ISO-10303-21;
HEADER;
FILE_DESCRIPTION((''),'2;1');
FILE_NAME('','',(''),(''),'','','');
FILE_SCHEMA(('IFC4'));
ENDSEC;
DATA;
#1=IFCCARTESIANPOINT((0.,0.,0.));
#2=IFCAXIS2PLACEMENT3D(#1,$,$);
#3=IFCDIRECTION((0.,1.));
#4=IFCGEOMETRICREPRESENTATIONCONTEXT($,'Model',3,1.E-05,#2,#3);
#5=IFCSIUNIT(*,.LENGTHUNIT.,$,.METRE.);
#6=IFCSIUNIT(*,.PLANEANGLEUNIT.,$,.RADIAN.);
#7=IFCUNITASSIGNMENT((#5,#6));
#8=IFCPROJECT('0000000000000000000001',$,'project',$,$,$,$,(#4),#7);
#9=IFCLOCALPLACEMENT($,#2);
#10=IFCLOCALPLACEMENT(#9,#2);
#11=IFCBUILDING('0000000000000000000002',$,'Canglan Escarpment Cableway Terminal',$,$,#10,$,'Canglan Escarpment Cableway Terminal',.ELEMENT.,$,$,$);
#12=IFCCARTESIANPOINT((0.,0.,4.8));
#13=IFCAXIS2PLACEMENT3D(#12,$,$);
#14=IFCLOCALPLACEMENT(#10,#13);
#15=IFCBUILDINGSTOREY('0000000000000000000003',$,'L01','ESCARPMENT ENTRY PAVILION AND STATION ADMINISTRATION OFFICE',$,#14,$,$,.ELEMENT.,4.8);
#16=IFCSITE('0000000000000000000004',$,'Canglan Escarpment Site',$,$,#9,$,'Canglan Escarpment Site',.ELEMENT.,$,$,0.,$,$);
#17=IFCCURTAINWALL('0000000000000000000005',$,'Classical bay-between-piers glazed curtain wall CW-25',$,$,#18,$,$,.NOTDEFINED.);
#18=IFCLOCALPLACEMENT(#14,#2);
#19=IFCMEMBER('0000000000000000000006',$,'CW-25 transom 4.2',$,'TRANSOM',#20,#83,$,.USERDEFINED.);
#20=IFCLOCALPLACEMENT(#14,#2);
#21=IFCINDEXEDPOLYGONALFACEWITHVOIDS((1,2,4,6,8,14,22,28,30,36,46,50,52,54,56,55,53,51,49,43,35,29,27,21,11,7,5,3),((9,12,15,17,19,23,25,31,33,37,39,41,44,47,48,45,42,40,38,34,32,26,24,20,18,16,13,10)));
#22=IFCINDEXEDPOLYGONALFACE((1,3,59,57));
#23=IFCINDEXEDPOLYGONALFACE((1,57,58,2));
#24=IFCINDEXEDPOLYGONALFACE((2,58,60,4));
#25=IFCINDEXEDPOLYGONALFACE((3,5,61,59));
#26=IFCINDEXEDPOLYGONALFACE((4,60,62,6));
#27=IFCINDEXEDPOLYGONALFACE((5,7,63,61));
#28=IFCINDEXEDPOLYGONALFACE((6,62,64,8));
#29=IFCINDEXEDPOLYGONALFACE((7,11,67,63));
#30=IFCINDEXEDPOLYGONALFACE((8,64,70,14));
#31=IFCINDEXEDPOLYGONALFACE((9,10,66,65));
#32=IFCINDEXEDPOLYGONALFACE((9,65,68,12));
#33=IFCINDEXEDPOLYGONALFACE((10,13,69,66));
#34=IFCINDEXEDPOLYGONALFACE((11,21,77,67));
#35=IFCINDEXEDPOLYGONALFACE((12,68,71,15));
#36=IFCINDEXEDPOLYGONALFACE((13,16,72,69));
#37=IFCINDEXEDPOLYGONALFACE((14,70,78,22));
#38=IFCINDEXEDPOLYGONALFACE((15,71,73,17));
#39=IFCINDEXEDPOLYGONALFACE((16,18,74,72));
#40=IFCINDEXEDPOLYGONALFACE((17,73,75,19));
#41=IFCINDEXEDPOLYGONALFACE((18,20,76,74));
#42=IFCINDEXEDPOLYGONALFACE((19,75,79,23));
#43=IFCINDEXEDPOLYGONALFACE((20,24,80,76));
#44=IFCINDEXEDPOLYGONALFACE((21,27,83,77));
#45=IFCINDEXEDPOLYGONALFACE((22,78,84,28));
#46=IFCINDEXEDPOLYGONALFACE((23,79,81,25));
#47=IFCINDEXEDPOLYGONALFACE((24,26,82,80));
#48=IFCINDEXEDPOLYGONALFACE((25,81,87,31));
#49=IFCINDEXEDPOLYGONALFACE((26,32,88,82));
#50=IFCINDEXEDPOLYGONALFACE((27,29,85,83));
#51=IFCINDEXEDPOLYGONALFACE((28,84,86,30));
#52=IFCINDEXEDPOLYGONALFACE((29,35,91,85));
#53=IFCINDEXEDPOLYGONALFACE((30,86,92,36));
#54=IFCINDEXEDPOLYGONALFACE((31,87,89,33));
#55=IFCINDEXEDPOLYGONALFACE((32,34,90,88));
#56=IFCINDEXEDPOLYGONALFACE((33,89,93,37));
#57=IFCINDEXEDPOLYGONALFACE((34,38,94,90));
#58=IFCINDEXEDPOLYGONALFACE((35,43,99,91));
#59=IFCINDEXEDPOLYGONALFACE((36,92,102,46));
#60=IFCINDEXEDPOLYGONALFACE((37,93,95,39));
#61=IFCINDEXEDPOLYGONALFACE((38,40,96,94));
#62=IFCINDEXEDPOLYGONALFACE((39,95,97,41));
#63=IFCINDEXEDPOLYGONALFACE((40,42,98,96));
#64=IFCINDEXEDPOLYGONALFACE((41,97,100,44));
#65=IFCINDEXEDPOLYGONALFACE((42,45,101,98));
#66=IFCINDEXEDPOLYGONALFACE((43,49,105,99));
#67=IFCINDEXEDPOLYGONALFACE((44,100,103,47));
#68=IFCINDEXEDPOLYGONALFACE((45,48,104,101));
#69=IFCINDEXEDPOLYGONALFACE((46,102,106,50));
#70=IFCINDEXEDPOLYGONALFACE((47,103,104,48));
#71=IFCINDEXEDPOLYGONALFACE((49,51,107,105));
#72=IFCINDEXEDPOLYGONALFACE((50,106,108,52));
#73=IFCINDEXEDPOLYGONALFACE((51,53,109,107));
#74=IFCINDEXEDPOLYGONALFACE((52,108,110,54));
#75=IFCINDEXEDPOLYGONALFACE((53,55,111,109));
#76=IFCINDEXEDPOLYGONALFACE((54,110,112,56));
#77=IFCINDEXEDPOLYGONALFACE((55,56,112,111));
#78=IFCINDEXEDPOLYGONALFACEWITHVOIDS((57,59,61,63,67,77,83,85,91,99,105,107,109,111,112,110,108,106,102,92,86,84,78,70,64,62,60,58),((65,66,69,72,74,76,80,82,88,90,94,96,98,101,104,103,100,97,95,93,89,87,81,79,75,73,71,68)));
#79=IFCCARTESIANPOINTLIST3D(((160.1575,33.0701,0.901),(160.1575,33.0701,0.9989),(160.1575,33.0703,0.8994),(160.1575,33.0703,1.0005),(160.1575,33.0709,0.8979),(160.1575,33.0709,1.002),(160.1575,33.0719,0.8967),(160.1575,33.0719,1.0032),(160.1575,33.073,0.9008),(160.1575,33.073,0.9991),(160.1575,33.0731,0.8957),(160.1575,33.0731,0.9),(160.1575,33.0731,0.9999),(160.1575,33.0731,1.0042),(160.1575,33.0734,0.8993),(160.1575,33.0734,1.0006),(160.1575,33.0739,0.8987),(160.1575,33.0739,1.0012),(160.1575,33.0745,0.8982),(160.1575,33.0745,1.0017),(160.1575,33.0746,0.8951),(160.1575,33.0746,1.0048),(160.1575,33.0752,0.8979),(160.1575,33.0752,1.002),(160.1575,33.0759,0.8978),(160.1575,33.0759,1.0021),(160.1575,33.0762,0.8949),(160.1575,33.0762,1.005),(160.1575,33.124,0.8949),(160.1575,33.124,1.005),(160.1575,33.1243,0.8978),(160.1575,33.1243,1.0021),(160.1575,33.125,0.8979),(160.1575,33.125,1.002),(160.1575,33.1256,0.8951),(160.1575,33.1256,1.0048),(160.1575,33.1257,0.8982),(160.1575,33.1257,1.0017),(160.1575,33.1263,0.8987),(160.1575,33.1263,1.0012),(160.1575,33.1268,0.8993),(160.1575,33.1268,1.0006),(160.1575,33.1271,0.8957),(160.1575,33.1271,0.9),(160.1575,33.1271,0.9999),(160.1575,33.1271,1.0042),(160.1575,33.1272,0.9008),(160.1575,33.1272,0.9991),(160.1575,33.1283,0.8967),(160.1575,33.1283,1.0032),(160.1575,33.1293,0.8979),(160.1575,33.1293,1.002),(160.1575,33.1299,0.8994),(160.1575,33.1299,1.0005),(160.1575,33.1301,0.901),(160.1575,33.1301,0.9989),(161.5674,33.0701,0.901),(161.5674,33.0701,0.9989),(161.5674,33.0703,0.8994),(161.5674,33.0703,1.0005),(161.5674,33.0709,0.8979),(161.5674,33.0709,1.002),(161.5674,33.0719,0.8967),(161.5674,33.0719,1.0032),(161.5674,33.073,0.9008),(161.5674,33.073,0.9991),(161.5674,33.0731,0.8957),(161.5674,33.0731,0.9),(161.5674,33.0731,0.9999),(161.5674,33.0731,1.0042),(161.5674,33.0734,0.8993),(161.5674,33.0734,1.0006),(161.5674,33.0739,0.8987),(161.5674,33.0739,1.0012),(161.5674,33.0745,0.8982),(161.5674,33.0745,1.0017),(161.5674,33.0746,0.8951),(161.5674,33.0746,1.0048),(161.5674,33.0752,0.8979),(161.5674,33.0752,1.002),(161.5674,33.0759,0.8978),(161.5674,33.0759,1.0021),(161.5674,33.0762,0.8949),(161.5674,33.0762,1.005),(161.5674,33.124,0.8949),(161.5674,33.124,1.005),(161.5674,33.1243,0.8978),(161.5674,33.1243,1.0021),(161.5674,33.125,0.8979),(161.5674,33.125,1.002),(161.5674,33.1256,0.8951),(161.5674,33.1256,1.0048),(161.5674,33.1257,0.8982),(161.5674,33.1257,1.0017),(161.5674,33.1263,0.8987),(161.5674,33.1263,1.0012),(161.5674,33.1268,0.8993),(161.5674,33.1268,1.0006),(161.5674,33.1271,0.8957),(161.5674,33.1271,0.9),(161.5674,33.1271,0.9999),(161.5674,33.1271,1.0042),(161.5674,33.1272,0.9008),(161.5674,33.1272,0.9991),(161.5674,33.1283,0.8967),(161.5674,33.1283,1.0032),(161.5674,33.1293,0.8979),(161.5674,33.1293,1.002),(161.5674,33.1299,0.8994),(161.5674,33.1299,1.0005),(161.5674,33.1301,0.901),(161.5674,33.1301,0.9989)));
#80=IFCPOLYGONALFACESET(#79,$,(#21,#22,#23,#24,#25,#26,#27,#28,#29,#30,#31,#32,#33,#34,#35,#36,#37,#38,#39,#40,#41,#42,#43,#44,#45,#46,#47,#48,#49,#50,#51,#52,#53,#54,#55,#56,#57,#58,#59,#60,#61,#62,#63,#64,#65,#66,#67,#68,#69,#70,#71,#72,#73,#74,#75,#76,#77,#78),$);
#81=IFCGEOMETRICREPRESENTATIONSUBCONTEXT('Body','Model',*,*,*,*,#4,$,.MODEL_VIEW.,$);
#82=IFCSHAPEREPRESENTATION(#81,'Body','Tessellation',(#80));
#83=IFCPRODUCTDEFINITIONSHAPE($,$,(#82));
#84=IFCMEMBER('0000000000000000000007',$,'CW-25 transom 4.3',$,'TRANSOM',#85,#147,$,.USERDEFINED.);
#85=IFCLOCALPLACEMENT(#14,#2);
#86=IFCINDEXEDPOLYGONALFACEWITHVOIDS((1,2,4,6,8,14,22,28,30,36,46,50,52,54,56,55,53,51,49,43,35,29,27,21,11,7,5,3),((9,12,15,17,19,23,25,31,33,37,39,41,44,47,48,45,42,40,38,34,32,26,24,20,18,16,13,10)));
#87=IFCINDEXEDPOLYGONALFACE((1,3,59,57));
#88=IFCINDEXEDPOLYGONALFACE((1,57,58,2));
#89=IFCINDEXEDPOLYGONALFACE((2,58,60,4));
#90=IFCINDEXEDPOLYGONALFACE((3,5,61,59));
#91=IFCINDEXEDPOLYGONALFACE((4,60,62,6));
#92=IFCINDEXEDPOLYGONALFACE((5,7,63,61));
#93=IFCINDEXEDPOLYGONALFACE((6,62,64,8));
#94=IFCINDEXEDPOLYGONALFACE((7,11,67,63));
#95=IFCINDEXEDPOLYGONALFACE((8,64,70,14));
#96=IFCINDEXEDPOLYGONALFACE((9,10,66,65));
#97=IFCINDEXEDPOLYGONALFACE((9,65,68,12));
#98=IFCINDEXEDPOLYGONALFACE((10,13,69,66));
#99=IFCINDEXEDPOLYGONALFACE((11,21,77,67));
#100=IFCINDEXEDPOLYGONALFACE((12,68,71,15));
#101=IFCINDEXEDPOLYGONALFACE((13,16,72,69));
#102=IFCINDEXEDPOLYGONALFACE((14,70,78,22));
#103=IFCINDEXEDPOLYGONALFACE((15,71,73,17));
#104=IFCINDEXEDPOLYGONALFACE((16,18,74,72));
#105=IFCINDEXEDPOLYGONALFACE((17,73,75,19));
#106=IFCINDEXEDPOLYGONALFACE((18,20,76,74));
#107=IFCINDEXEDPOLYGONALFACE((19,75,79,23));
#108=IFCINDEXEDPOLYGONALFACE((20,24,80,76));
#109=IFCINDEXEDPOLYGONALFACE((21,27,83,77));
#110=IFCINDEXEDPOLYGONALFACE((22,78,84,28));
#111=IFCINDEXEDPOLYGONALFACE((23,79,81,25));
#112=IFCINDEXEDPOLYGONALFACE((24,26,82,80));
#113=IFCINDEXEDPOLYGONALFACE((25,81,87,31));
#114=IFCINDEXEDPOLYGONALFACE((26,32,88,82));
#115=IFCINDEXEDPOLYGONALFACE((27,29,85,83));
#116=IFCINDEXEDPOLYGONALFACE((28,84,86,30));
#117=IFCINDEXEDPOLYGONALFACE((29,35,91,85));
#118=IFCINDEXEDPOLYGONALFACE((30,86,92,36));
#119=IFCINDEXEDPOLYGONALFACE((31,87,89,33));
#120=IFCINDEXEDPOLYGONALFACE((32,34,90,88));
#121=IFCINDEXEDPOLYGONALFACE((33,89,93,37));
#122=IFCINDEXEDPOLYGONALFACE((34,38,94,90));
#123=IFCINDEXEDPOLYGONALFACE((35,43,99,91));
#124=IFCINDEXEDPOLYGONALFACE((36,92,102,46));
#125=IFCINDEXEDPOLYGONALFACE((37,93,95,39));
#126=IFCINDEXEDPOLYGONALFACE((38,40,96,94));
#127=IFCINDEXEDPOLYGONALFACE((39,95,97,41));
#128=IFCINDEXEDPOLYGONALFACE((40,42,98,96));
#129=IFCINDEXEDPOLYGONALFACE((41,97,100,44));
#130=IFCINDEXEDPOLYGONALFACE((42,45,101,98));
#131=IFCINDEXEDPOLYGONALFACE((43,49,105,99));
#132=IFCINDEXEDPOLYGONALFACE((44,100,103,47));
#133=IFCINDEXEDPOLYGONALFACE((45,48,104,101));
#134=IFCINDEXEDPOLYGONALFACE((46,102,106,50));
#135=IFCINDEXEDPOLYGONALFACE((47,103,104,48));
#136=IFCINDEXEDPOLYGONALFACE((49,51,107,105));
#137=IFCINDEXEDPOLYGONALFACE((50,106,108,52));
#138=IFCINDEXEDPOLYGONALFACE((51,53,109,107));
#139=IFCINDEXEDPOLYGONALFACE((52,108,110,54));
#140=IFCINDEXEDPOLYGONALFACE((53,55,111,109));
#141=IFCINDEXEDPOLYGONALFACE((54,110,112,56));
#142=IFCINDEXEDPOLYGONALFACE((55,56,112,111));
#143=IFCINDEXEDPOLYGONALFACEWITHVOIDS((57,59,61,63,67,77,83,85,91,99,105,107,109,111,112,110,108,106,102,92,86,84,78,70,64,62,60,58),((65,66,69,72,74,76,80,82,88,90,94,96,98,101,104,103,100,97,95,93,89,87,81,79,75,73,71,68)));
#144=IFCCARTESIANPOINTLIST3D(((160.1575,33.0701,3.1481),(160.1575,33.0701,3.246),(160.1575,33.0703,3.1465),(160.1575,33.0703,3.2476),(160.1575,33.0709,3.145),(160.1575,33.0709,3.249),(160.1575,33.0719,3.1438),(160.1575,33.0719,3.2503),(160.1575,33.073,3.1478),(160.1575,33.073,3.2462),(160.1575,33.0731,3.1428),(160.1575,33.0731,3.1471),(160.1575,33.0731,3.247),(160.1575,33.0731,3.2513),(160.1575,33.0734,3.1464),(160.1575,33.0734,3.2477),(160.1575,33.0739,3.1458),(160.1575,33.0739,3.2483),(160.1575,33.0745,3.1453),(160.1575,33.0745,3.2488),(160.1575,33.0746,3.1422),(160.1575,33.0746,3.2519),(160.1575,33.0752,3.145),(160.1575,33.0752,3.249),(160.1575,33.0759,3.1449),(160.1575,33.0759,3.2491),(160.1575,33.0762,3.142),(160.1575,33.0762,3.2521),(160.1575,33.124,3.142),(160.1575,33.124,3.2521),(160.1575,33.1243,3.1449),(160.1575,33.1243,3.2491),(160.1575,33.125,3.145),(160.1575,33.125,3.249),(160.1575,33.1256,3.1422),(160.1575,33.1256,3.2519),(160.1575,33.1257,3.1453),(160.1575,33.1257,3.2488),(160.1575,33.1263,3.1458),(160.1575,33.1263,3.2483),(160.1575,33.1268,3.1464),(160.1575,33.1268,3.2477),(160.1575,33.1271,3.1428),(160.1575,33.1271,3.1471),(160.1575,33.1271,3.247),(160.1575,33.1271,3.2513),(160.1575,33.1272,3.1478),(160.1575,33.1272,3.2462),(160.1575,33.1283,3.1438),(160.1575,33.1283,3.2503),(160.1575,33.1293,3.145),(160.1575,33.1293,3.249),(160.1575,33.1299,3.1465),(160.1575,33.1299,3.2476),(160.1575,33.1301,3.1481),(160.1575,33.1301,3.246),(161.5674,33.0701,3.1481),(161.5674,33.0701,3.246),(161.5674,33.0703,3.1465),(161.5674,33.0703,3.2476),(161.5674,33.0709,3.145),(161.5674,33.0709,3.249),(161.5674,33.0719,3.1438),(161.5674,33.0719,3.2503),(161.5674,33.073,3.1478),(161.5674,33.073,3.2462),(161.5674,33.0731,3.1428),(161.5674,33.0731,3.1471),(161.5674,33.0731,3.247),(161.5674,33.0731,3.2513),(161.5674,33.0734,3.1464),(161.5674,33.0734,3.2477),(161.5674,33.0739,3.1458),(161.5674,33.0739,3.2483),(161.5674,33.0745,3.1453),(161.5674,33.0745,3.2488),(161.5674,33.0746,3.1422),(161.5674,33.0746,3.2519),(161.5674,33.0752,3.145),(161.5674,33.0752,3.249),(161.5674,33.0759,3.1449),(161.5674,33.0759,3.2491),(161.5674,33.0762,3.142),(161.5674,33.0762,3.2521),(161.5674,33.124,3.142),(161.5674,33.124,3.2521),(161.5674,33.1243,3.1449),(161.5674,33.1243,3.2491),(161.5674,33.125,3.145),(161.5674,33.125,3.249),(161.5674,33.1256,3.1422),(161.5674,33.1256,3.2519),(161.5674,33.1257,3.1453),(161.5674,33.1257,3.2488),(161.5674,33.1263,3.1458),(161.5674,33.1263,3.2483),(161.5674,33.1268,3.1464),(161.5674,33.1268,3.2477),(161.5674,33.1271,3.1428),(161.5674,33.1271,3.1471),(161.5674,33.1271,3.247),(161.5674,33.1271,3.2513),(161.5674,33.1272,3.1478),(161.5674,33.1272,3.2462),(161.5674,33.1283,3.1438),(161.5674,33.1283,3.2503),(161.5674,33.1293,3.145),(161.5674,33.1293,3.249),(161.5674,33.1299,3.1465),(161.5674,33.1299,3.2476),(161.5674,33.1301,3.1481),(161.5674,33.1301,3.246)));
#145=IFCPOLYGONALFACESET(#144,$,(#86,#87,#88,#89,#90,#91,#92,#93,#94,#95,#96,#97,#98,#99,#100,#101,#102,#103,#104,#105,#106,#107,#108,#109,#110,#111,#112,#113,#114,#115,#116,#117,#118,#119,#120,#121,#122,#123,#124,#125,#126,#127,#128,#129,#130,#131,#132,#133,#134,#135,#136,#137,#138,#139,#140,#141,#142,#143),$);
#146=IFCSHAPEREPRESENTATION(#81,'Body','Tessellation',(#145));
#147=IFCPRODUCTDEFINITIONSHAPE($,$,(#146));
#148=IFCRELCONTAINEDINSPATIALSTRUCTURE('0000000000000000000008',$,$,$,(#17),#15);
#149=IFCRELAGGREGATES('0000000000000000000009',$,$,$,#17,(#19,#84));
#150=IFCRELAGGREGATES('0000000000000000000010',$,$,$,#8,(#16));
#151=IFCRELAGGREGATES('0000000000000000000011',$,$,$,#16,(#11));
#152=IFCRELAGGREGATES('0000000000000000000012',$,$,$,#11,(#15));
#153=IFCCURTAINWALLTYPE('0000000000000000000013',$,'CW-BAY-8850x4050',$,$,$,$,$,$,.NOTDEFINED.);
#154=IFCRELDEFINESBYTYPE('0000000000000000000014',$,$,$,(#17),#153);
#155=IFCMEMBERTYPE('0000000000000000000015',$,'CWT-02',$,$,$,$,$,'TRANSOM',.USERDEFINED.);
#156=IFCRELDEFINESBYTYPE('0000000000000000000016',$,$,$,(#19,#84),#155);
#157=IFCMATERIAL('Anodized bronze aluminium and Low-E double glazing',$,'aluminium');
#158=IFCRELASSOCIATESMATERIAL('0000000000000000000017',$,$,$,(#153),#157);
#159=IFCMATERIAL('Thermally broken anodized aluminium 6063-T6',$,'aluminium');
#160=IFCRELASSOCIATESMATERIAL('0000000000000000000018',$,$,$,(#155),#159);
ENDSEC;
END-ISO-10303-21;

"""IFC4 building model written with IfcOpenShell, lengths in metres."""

from ifc_helpers import new_model, si_unit, direction, frame, origin, origin_2d, place, context, subcontext, project, spatial, hollow_rectangle, extrude, material, material_profile, profile_set, type_object, element, aggregate, save


model = new_model("IFC4")

# Units and contexts
model_context = context("Model", 3, precision=1e-05, world=origin(), true_north=direction((0.0, 1.0)))
body_context = subcontext(model_context, "Body", "Model", "MODEL_VIEW")
ifc_project = project(units=[si_unit("LENGTHUNIT", "METRE"), si_unit("PLANEANGLEUNIT", "RADIAN")], contexts=[model_context])

# Site, building, storey
site_placement = place(None, origin())
site = spatial("IfcSite", under=ifc_project, at=site_placement, Name="Canglan Escarpment Site", LongName="Canglan Escarpment Site", CompositionType="ELEMENT", RefElevation=0.0)
building_placement = place(site_placement, origin())
building = spatial("IfcBuilding", under=site, at=building_placement, Name="Canglan Escarpment Cableway Terminal", LongName="Canglan Escarpment Cableway Terminal", CompositionType="ELEMENT")
storey_placement = place(building_placement, frame((0.0, 0.0, 4.8)))
storey = spatial("IfcBuildingStorey", under=building, at=storey_placement, Name="L01", Description="ESCARPMENT ENTRY PAVILION AND STATION ADMINISTRATION OFFICE", CompositionType="ELEMENT", Elevation=4.8)

# Curtain wall, members
ifc_material_1 = material(Name="Anodized bronze aluminium and Low-E double glazing", Category="aluminium")
curtain_wall_type = type_object("IfcCurtainWallType", Name="CW-BAY-8850x4050", PredefinedType="NOTDEFINED", material=ifc_material_1)
curtain_wall_placement = place(storey_placement, origin())
curtain_wall = element("IfcCurtainWall", 1, at=curtain_wall_placement, inside=storey, type_object=curtain_wall_type, Name="Classical bay-between-piers glazed curtain wall CW-25", PredefinedType="NOTDEFINED")
ifc_material_2 = material(Name="Thermally broken anodized aluminium 6063-T6", Category="aluminium")
ifc_material_profile_1 = material_profile(ifc_material_2, hollow_rectangle(XDim=0.0601, YDim=0.1101, WallThickness=0.0029, InnerFilletRadius=0.0029, OuterFilletRadius=0.0061, at=origin_2d()), Name="ALU-TRAN 60x110x3")
ifc_profile_set_1 = profile_set([ifc_material_profile_1], Name="Thermally broken anodized aluminium 6063-T6")
member_type_1 = type_object("IfcMemberType", Name="CWT-02", ElementType="TRANSOM", PredefinedType="USERDEFINED", material=ifc_profile_set_1)
member_1_placement = place(storey_placement, frame((161.5674, 33.1001, 0.95), z_axis=(-1.0, 0.0, 0.0), x_axis=(0.0, -1.0, 0.0)))
member_1 = element("IfcMember", 2, at=member_1_placement, type_object=member_type_1, Name="CW-25 transom 4.2", ObjectType="TRANSOM", PredefinedType="USERDEFINED", context=body_context, shape_type="SweptSolid", body=[
    extrude(hollow_rectangle(XDim=0.0601, YDim=0.1101, WallThickness=0.0029, InnerFilletRadius=0.0029, OuterFilletRadius=0.0061, at=origin_2d()), origin(), (0.0, 0.0, 1.0), 1.4099),
])
member_2_placement = place(storey_placement, frame((161.5674, 33.1001, 3.197), z_axis=(-1.0, 0.0, 0.0), x_axis=(0.0, -1.0, 0.0)))
member_2 = element("IfcMember", 3, at=member_2_placement, type_object=member_type_1, Name="CW-25 transom 4.3", ObjectType="TRANSOM", PredefinedType="USERDEFINED", context=body_context, shape_type="SweptSolid", body=[
    extrude(hollow_rectangle(XDim=0.0601, YDim=0.1101, WallThickness=0.0029, InnerFilletRadius=0.0029, OuterFilletRadius=0.0061, at=origin_2d()), origin(), (0.0, 0.0, 1.0), 1.4099),
])
aggregate(curtain_wall, [member_1, member_2])

save(model, "model.ifc")
